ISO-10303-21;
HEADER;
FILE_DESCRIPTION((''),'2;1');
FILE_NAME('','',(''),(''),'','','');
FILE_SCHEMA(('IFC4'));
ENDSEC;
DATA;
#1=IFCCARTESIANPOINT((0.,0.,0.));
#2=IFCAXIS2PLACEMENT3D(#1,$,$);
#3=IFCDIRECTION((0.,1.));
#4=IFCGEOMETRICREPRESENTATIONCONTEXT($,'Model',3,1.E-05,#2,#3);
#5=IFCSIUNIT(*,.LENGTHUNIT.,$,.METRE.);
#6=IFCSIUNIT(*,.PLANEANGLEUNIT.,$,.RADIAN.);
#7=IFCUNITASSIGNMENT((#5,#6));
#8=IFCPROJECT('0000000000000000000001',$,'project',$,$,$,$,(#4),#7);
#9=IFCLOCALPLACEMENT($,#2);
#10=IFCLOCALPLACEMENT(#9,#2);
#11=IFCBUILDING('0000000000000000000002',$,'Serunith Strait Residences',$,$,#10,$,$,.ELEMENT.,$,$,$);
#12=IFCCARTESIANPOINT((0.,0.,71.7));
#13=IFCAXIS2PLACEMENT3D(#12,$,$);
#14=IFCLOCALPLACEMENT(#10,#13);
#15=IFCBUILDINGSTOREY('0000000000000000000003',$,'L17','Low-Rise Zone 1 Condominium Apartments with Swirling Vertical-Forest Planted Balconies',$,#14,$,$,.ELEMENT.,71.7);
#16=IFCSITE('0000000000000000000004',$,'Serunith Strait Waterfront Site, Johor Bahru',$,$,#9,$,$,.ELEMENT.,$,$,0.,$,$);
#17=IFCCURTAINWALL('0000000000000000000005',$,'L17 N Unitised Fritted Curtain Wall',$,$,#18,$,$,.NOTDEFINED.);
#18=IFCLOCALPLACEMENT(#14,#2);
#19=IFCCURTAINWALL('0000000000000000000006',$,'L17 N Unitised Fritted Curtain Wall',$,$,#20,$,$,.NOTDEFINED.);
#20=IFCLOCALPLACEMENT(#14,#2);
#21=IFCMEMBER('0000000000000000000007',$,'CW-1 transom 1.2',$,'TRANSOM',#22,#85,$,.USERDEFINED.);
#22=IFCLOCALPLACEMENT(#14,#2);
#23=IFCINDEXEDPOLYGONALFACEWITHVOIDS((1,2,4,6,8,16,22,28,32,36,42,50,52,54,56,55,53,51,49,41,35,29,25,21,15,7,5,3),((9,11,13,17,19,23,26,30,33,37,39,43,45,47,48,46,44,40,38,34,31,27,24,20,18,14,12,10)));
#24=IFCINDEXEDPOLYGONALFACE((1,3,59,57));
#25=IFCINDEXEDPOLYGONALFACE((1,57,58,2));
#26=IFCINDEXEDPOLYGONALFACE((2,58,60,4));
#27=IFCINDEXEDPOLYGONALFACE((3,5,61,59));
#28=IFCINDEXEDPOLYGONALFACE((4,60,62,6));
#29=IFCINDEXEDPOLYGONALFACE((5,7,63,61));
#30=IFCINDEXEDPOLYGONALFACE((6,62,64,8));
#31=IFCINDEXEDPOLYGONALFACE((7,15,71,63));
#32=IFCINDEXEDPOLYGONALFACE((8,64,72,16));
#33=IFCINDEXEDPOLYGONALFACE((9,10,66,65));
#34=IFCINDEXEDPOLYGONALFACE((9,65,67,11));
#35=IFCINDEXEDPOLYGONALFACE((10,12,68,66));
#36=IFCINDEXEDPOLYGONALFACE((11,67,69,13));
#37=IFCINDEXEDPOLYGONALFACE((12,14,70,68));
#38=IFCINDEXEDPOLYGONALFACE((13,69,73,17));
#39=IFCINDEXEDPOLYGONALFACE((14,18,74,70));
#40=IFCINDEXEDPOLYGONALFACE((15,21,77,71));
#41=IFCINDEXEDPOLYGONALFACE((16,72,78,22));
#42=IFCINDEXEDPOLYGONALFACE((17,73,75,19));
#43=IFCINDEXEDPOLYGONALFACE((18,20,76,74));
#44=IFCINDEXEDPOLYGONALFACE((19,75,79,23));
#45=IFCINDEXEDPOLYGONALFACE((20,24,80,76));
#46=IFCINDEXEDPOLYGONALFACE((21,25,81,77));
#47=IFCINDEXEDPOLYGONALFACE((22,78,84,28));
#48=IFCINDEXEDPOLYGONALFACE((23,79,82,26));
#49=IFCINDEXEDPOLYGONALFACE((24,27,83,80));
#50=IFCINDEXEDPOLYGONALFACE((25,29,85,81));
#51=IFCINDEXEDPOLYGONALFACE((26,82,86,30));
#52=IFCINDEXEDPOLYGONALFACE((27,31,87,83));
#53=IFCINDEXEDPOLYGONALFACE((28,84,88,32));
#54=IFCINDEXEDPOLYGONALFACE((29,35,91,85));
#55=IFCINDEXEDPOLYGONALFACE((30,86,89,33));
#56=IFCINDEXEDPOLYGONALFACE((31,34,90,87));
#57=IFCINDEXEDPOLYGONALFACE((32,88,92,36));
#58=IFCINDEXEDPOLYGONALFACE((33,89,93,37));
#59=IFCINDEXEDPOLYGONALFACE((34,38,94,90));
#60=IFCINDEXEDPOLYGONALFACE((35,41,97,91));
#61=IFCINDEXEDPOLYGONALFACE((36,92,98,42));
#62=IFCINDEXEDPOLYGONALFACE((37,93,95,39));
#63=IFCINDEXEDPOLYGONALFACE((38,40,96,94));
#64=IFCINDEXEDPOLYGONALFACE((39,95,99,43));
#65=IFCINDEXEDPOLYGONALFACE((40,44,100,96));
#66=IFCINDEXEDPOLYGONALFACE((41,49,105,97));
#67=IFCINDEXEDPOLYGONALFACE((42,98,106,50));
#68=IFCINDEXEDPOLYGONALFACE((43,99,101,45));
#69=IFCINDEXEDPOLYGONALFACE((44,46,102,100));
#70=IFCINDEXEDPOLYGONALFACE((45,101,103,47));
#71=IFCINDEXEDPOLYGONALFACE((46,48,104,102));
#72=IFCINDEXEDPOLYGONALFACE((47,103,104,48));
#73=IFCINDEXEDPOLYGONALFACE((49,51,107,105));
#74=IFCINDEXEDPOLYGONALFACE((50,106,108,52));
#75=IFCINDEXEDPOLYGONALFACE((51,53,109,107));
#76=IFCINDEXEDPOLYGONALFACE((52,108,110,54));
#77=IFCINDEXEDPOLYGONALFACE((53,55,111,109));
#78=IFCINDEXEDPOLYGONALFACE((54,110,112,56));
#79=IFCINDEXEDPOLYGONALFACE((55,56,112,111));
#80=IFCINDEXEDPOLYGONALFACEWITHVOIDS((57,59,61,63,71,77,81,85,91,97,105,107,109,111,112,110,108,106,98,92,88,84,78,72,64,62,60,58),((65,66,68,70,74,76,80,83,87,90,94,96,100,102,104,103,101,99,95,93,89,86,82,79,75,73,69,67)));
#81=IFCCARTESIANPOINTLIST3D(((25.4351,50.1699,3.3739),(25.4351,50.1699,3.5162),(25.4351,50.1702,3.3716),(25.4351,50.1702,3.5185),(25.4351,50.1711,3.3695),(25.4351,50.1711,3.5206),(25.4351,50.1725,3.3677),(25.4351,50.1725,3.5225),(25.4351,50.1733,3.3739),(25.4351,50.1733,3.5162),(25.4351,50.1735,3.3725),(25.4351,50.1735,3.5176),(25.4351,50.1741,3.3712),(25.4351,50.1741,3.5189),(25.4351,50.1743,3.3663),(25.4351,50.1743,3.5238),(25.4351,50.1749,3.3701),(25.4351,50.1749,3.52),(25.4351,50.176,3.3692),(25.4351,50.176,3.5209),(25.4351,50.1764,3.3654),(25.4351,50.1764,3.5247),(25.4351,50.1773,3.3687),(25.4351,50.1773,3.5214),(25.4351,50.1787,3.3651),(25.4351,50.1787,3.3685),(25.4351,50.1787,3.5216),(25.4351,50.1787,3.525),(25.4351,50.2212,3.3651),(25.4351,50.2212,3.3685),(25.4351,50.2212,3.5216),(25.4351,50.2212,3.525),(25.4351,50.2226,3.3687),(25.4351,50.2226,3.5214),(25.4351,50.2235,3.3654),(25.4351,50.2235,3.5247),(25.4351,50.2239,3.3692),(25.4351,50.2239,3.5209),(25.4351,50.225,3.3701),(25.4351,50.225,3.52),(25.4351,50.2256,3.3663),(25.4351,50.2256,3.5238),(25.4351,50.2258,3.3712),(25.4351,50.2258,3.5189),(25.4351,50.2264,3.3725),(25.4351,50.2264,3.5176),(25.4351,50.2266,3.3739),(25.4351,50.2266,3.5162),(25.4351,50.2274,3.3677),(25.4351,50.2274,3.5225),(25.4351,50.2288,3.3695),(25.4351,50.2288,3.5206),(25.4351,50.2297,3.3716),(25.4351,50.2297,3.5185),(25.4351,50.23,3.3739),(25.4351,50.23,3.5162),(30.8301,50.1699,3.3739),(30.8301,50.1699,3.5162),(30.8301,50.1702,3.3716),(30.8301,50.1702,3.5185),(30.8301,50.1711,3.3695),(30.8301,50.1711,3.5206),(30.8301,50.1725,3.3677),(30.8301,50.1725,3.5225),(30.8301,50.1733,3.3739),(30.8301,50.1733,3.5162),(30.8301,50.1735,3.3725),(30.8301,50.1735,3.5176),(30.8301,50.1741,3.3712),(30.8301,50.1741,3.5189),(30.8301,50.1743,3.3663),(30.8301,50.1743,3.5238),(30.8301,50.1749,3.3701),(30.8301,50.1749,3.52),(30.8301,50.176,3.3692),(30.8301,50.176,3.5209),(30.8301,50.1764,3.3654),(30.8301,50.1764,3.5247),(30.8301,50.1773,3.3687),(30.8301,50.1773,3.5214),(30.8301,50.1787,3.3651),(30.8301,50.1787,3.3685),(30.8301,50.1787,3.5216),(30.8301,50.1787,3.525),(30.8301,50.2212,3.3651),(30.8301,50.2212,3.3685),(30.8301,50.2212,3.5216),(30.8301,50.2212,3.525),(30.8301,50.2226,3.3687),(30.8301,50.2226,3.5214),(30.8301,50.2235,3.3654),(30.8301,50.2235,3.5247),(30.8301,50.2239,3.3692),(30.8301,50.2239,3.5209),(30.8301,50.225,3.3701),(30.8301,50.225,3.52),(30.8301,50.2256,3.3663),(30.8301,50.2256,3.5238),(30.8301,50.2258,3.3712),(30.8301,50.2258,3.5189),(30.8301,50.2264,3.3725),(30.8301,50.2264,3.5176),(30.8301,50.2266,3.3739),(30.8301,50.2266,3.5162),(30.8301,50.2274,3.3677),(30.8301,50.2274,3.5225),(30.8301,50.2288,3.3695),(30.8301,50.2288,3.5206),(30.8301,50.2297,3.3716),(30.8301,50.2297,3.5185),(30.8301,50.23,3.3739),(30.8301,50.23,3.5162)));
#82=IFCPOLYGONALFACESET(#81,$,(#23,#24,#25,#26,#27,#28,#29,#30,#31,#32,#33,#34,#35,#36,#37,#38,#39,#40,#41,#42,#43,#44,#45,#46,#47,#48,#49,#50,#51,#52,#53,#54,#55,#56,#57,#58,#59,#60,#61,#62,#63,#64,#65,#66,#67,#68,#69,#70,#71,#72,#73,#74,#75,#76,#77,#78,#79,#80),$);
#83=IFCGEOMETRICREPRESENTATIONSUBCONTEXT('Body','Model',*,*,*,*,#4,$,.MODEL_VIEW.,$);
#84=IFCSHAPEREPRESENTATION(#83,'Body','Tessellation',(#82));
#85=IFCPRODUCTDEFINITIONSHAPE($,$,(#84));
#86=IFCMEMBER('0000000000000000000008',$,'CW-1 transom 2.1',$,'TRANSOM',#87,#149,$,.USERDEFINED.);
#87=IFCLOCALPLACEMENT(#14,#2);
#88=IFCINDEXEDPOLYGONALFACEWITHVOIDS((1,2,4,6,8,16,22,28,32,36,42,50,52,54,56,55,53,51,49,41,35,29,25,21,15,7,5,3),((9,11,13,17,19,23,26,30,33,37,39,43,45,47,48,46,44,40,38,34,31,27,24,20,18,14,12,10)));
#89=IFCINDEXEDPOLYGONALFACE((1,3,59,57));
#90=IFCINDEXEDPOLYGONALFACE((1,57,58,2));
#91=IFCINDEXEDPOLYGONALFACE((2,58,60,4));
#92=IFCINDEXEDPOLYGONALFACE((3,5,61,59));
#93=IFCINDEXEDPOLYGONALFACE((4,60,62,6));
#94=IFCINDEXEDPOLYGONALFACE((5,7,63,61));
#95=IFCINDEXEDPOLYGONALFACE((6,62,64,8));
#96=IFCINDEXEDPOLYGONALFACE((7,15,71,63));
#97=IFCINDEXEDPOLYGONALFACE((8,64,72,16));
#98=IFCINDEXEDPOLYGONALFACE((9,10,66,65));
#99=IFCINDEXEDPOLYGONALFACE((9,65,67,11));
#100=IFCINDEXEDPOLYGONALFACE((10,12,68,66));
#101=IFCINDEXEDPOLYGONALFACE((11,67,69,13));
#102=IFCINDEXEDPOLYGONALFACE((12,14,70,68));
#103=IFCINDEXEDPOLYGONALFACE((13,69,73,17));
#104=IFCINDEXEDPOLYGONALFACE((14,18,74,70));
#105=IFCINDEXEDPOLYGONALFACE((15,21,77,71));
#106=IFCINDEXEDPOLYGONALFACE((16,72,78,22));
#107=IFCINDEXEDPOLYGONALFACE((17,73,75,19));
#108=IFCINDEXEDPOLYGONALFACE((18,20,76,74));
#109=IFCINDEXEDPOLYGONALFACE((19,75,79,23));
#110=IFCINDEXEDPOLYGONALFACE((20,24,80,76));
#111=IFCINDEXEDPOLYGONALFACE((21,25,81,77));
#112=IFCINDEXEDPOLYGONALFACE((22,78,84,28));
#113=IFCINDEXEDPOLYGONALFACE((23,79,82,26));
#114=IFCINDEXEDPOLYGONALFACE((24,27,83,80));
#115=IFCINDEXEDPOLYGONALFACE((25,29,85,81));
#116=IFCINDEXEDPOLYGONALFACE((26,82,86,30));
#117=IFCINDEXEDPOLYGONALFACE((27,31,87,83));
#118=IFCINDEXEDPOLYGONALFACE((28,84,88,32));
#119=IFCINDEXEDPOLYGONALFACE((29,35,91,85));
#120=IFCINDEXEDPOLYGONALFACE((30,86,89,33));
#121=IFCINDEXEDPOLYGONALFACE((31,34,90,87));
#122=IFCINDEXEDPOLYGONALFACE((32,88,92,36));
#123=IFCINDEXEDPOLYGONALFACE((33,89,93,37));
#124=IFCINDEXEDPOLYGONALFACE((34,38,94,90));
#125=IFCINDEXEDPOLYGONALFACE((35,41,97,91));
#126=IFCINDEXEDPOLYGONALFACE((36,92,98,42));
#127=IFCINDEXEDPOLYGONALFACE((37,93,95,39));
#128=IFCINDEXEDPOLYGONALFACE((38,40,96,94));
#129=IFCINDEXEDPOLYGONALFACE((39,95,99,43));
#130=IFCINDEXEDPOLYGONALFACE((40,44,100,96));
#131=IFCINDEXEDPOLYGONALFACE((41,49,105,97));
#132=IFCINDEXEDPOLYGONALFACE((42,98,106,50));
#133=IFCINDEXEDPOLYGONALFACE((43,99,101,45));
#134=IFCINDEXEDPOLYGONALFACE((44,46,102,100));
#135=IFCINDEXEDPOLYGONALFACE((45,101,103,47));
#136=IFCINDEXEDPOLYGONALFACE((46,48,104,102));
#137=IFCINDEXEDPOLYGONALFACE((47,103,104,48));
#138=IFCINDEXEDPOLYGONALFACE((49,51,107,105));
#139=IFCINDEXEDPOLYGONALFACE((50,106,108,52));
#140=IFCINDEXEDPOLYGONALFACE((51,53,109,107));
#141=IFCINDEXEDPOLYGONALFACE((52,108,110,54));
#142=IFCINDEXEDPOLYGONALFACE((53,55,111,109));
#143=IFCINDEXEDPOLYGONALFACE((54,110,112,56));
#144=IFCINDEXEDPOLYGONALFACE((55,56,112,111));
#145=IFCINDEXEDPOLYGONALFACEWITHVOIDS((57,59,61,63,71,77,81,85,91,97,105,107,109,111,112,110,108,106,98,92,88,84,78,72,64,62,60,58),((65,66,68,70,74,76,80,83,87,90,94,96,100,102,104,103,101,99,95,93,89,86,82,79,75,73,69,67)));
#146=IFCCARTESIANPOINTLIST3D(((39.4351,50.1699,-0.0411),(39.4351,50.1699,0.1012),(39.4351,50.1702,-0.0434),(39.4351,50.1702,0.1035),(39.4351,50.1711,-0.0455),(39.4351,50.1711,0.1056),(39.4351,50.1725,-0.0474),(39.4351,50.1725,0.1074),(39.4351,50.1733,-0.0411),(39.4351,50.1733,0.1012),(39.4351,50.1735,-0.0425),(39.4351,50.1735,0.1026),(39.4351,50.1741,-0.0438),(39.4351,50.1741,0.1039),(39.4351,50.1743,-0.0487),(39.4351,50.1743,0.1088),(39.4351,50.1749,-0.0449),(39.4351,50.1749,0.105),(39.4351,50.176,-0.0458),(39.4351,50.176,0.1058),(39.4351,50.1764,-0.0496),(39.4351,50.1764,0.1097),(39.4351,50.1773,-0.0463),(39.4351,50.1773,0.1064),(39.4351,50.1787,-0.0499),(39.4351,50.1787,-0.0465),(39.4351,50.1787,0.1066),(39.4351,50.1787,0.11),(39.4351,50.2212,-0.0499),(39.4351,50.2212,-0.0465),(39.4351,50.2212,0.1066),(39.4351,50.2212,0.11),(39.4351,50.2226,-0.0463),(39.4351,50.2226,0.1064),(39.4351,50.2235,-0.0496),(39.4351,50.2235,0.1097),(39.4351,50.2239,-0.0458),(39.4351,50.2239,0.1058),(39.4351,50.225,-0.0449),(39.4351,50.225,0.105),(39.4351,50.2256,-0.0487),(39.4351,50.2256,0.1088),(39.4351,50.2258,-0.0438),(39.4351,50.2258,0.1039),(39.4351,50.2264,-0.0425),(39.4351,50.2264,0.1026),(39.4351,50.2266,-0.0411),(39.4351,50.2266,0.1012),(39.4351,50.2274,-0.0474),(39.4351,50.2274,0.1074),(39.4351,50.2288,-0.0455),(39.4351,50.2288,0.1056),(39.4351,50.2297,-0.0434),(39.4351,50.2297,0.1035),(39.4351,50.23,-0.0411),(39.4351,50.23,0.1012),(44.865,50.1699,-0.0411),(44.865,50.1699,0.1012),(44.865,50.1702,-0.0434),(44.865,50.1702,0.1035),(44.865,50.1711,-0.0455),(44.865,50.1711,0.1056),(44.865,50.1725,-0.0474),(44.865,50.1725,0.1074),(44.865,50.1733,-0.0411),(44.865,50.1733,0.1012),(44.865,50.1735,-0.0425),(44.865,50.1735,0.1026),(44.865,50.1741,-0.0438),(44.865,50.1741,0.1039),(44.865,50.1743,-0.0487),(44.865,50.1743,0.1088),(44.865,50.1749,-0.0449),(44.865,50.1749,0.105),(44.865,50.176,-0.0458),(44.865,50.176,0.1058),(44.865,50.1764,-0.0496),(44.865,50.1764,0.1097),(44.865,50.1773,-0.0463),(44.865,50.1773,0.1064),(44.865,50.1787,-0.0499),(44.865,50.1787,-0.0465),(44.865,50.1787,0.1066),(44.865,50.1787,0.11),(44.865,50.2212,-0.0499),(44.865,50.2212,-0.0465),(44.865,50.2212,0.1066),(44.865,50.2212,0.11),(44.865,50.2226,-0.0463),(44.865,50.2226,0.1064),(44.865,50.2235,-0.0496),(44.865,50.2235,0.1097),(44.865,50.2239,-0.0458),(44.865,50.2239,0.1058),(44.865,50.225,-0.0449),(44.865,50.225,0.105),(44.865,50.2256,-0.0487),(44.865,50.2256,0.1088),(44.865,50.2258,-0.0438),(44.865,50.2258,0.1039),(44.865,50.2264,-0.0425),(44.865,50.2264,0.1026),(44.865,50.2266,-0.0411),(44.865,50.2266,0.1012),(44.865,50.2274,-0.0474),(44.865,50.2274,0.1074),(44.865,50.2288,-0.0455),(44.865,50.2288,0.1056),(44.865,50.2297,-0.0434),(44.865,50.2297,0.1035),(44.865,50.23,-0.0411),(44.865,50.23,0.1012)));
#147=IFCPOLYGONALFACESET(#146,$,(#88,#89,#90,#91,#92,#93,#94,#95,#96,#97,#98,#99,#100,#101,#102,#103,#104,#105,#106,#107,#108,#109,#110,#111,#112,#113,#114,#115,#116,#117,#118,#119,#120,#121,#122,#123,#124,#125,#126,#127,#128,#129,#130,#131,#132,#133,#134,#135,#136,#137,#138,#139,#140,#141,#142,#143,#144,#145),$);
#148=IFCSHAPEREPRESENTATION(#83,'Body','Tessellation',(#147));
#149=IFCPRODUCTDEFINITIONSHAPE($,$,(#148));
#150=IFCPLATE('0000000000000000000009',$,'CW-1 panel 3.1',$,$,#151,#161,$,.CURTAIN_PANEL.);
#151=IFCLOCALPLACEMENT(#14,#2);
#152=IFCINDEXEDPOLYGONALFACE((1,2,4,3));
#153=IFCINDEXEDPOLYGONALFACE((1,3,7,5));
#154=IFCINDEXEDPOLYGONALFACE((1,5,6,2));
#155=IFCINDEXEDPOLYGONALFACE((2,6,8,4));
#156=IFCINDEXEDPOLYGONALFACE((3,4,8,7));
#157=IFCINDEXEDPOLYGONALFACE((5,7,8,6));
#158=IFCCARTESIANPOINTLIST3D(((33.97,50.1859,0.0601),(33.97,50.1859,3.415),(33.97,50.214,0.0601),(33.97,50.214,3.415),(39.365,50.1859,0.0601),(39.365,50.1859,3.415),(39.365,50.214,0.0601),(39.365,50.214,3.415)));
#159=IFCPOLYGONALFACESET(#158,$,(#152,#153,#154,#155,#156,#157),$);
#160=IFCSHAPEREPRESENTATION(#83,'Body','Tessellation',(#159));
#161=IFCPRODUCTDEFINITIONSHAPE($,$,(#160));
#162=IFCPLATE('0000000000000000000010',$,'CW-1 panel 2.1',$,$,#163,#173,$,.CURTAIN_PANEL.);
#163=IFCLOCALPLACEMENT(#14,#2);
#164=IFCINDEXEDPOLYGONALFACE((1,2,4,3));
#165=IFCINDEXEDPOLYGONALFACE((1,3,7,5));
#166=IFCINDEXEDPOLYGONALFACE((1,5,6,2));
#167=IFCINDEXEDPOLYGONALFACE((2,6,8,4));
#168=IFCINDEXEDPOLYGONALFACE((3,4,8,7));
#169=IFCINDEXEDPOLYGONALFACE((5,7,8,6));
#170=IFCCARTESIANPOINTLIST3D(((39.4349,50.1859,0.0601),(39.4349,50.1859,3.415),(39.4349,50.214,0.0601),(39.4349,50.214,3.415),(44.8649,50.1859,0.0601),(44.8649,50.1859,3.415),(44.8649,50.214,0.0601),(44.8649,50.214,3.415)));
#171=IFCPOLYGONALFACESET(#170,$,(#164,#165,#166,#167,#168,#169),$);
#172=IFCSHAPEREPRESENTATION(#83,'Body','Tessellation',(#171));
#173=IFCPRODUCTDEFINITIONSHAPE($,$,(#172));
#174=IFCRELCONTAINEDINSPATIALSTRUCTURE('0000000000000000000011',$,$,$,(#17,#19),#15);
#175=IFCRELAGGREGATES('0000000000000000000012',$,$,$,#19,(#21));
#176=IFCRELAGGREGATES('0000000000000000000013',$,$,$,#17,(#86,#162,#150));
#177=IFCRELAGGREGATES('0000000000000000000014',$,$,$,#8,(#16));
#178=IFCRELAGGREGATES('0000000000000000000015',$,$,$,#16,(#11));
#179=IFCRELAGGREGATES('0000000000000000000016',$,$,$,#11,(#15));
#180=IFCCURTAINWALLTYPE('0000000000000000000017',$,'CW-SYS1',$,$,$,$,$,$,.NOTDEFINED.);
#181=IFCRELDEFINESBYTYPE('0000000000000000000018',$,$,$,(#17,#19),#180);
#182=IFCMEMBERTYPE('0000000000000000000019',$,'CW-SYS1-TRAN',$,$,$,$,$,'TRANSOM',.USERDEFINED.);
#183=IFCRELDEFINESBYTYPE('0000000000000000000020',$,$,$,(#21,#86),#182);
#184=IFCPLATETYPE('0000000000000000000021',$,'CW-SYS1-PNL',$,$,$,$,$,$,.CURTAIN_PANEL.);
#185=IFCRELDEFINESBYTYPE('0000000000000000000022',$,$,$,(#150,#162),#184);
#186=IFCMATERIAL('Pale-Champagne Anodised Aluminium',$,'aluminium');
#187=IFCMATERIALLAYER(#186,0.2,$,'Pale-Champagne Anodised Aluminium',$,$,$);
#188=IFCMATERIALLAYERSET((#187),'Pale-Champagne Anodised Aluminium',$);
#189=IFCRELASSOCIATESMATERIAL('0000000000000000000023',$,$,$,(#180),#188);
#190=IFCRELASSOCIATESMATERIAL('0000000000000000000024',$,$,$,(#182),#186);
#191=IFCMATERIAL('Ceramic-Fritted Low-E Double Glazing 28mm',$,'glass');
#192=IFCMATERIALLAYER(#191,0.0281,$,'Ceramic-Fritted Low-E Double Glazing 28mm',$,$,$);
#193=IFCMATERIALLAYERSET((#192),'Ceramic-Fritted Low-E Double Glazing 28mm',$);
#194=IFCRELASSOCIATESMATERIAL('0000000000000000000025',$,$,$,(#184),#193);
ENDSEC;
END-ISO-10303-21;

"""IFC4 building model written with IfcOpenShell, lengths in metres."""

from ifc_helpers import new_model, si_unit, direction, frame, origin, origin_2d, place, context, subcontext, project, spatial, rectangle, hollow_rectangle, extrude, source, transform, mapped, material, layer, layer_set, material_profile, profile_set, type_object, element, aggregate, save


model = new_model("IFC4")

# Units and contexts
model_context = context("Model", 3, precision=1e-05, world=origin(), true_north=direction((0.0, 1.0)))
body_context = subcontext(model_context, "Body", "Model", "MODEL_VIEW")
ifc_project = project(units=[si_unit("LENGTHUNIT", "METRE"), si_unit("PLANEANGLEUNIT", "RADIAN")], contexts=[model_context])

# Site, building, storey
site_placement = place(None, origin())
site = spatial("IfcSite", under=ifc_project, at=site_placement, Name="Serunith Strait Waterfront Site, Johor Bahru", CompositionType="ELEMENT", RefElevation=0.0)
building_placement = place(site_placement, origin())
building = spatial("IfcBuilding", under=site, at=building_placement, Name="Serunith Strait Residences", CompositionType="ELEMENT")
storey_placement = place(building_placement, frame((0.0, 0.0, 71.7)))
storey = spatial("IfcBuildingStorey", under=building, at=storey_placement, Name="L17", Description="Low-Rise Zone 1 Condominium Apartments with Swirling Vertical-Forest Planted Balconies", CompositionType="ELEMENT", Elevation=71.7)

# Curtain wall
ifc_material_1 = material(Name="Pale-Champagne Anodised Aluminium", Category="aluminium")
ifc_layer_1 = layer(ifc_material_1, 0.2, Name="Pale-Champagne Anodised Aluminium")
ifc_layer_set_1 = layer_set([ifc_layer_1], Name="Pale-Champagne Anodised Aluminium")
curtain_wall_type = type_object("IfcCurtainWallType", Name="CW-SYS1", PredefinedType="NOTDEFINED", material=ifc_layer_set_1)
curtain_wall_1_placement = place(storey_placement, origin())
curtain_wall_1 = element("IfcCurtainWall", 1, at=curtain_wall_1_placement, inside=storey, type_object=curtain_wall_type, Name="L17 N Unitised Fritted Curtain Wall", PredefinedType="NOTDEFINED")

# Curtain wall
curtain_wall_2_placement = place(storey_placement, origin())
curtain_wall_2 = element("IfcCurtainWall", 2, at=curtain_wall_2_placement, inside=storey, type_object=curtain_wall_type, Name="L17 N Unitised Fritted Curtain Wall", PredefinedType="NOTDEFINED")

# Members
ifc_material_profile_1 = material_profile(ifc_material_1, hollow_rectangle(XDim=0.0601, YDim=0.1599, WallThickness=0.0034, InnerFilletRadius=0.0054, OuterFilletRadius=0.0088, at=origin_2d()), Name="ALU 160x60x3.5")
ifc_profile_set_1 = profile_set([ifc_material_profile_1], Name="Pale-Champagne Anodised Aluminium")
member_type_1 = type_object("IfcMemberType", Name="CW-SYS1-TRAN", ElementType="TRANSOM", PredefinedType="USERDEFINED", material=ifc_profile_set_1)
shared_shape_1 = source(origin(), body_context, "Body", "SweptSolid", [
    extrude(hollow_rectangle(XDim=0.0601, YDim=0.1599, WallThickness=0.0034, InnerFilletRadius=0.0054, OuterFilletRadius=0.0088, at=origin_2d()), origin(), (0.0, 0.0, 1.0), 5.395),
])
member_1_placement = place(storey_placement, frame((30.8301, 50.2, 3.4451), z_axis=(-1.0, 0.0, 0.0), x_axis=(0.0, -1.0, 0.0)))
member_1 = element("IfcMember", 3, at=member_1_placement, type_object=member_type_1, Name="CW-1 transom 1.2", ObjectType="TRANSOM", PredefinedType="USERDEFINED", context=body_context, shape_type="MappedRepresentation", body=[
    mapped(shared_shape_1, transform((0.0, 0.0, 0.0), scale=1.0)),
])
aggregate(curtain_wall_2, [member_1])
shared_shape_2 = source(origin(), body_context, "Body", "SweptSolid", [
    extrude(hollow_rectangle(XDim=0.0601, YDim=0.1599, WallThickness=0.0034, InnerFilletRadius=0.0054, OuterFilletRadius=0.0088, at=origin_2d()), origin(), (0.0, 0.0, 1.0), 5.4299),
])
member_2_placement = place(storey_placement, frame((44.865, 50.2, 0.03), z_axis=(-1.0, 0.0, 0.0), x_axis=(0.0, -1.0, 0.0)))
member_2 = element("IfcMember", 4, at=member_2_placement, type_object=member_type_1, Name="CW-1 transom 2.1", ObjectType="TRANSOM", PredefinedType="USERDEFINED", context=body_context, shape_type="MappedRepresentation", body=[
    mapped(shared_shape_2, transform((0.0, 0.0, 0.0), scale=1.0)),
])

# Plates
ifc_material_2 = material(Name="Ceramic-Fritted Low-E Double Glazing 28mm", Category="glass")
ifc_layer_2 = layer(ifc_material_2, 0.0281, Name="Ceramic-Fritted Low-E Double Glazing 28mm")
ifc_layer_set_2 = layer_set([ifc_layer_2], Name="Ceramic-Fritted Low-E Double Glazing 28mm")
plate_type = type_object("IfcPlateType", Name="CW-SYS1-PNL", PredefinedType="CURTAIN_PANEL", material=ifc_layer_set_2)
shared_shape_3 = source(origin(), body_context, "Body", "SweptSolid", [
    extrude(rectangle(XDim=5.395, YDim=0.0281, at=origin_2d()), origin(), (0.0, 0.0, 1.0), 3.355),
])
plate_1_placement = place(storey_placement, frame((36.6675, 50.2, 0.0601), z_axis=(0.0, 0.0, 1.0), x_axis=(-1.0, 0.0, 0.0)))
plate_1 = element("IfcPlate", 5, at=plate_1_placement, type_object=plate_type, Name="CW-1 panel 3.1", PredefinedType="CURTAIN_PANEL", context=body_context, shape_type="MappedRepresentation", body=[
    mapped(shared_shape_3, transform((0.0, 0.0, 0.0), scale=1.0)),
])
shared_shape_4 = source(origin(), body_context, "Body", "SweptSolid", [
    extrude(rectangle(XDim=5.4299, YDim=0.0281, at=origin_2d()), origin(), (0.0, 0.0, 1.0), 3.355),
])
plate_2_placement = place(storey_placement, frame((42.1499, 50.2, 0.0601), z_axis=(0.0, 0.0, 1.0), x_axis=(-1.0, 0.0, 0.0)))
plate_2 = element("IfcPlate", 6, at=plate_2_placement, type_object=plate_type, Name="CW-1 panel 2.1", PredefinedType="CURTAIN_PANEL", context=body_context, shape_type="MappedRepresentation", body=[
    mapped(shared_shape_4, transform((0.0, 0.0, 0.0), scale=1.0)),
])
aggregate(curtain_wall_1, [member_2, plate_2, plate_1])

save(model, "model.ifc")
